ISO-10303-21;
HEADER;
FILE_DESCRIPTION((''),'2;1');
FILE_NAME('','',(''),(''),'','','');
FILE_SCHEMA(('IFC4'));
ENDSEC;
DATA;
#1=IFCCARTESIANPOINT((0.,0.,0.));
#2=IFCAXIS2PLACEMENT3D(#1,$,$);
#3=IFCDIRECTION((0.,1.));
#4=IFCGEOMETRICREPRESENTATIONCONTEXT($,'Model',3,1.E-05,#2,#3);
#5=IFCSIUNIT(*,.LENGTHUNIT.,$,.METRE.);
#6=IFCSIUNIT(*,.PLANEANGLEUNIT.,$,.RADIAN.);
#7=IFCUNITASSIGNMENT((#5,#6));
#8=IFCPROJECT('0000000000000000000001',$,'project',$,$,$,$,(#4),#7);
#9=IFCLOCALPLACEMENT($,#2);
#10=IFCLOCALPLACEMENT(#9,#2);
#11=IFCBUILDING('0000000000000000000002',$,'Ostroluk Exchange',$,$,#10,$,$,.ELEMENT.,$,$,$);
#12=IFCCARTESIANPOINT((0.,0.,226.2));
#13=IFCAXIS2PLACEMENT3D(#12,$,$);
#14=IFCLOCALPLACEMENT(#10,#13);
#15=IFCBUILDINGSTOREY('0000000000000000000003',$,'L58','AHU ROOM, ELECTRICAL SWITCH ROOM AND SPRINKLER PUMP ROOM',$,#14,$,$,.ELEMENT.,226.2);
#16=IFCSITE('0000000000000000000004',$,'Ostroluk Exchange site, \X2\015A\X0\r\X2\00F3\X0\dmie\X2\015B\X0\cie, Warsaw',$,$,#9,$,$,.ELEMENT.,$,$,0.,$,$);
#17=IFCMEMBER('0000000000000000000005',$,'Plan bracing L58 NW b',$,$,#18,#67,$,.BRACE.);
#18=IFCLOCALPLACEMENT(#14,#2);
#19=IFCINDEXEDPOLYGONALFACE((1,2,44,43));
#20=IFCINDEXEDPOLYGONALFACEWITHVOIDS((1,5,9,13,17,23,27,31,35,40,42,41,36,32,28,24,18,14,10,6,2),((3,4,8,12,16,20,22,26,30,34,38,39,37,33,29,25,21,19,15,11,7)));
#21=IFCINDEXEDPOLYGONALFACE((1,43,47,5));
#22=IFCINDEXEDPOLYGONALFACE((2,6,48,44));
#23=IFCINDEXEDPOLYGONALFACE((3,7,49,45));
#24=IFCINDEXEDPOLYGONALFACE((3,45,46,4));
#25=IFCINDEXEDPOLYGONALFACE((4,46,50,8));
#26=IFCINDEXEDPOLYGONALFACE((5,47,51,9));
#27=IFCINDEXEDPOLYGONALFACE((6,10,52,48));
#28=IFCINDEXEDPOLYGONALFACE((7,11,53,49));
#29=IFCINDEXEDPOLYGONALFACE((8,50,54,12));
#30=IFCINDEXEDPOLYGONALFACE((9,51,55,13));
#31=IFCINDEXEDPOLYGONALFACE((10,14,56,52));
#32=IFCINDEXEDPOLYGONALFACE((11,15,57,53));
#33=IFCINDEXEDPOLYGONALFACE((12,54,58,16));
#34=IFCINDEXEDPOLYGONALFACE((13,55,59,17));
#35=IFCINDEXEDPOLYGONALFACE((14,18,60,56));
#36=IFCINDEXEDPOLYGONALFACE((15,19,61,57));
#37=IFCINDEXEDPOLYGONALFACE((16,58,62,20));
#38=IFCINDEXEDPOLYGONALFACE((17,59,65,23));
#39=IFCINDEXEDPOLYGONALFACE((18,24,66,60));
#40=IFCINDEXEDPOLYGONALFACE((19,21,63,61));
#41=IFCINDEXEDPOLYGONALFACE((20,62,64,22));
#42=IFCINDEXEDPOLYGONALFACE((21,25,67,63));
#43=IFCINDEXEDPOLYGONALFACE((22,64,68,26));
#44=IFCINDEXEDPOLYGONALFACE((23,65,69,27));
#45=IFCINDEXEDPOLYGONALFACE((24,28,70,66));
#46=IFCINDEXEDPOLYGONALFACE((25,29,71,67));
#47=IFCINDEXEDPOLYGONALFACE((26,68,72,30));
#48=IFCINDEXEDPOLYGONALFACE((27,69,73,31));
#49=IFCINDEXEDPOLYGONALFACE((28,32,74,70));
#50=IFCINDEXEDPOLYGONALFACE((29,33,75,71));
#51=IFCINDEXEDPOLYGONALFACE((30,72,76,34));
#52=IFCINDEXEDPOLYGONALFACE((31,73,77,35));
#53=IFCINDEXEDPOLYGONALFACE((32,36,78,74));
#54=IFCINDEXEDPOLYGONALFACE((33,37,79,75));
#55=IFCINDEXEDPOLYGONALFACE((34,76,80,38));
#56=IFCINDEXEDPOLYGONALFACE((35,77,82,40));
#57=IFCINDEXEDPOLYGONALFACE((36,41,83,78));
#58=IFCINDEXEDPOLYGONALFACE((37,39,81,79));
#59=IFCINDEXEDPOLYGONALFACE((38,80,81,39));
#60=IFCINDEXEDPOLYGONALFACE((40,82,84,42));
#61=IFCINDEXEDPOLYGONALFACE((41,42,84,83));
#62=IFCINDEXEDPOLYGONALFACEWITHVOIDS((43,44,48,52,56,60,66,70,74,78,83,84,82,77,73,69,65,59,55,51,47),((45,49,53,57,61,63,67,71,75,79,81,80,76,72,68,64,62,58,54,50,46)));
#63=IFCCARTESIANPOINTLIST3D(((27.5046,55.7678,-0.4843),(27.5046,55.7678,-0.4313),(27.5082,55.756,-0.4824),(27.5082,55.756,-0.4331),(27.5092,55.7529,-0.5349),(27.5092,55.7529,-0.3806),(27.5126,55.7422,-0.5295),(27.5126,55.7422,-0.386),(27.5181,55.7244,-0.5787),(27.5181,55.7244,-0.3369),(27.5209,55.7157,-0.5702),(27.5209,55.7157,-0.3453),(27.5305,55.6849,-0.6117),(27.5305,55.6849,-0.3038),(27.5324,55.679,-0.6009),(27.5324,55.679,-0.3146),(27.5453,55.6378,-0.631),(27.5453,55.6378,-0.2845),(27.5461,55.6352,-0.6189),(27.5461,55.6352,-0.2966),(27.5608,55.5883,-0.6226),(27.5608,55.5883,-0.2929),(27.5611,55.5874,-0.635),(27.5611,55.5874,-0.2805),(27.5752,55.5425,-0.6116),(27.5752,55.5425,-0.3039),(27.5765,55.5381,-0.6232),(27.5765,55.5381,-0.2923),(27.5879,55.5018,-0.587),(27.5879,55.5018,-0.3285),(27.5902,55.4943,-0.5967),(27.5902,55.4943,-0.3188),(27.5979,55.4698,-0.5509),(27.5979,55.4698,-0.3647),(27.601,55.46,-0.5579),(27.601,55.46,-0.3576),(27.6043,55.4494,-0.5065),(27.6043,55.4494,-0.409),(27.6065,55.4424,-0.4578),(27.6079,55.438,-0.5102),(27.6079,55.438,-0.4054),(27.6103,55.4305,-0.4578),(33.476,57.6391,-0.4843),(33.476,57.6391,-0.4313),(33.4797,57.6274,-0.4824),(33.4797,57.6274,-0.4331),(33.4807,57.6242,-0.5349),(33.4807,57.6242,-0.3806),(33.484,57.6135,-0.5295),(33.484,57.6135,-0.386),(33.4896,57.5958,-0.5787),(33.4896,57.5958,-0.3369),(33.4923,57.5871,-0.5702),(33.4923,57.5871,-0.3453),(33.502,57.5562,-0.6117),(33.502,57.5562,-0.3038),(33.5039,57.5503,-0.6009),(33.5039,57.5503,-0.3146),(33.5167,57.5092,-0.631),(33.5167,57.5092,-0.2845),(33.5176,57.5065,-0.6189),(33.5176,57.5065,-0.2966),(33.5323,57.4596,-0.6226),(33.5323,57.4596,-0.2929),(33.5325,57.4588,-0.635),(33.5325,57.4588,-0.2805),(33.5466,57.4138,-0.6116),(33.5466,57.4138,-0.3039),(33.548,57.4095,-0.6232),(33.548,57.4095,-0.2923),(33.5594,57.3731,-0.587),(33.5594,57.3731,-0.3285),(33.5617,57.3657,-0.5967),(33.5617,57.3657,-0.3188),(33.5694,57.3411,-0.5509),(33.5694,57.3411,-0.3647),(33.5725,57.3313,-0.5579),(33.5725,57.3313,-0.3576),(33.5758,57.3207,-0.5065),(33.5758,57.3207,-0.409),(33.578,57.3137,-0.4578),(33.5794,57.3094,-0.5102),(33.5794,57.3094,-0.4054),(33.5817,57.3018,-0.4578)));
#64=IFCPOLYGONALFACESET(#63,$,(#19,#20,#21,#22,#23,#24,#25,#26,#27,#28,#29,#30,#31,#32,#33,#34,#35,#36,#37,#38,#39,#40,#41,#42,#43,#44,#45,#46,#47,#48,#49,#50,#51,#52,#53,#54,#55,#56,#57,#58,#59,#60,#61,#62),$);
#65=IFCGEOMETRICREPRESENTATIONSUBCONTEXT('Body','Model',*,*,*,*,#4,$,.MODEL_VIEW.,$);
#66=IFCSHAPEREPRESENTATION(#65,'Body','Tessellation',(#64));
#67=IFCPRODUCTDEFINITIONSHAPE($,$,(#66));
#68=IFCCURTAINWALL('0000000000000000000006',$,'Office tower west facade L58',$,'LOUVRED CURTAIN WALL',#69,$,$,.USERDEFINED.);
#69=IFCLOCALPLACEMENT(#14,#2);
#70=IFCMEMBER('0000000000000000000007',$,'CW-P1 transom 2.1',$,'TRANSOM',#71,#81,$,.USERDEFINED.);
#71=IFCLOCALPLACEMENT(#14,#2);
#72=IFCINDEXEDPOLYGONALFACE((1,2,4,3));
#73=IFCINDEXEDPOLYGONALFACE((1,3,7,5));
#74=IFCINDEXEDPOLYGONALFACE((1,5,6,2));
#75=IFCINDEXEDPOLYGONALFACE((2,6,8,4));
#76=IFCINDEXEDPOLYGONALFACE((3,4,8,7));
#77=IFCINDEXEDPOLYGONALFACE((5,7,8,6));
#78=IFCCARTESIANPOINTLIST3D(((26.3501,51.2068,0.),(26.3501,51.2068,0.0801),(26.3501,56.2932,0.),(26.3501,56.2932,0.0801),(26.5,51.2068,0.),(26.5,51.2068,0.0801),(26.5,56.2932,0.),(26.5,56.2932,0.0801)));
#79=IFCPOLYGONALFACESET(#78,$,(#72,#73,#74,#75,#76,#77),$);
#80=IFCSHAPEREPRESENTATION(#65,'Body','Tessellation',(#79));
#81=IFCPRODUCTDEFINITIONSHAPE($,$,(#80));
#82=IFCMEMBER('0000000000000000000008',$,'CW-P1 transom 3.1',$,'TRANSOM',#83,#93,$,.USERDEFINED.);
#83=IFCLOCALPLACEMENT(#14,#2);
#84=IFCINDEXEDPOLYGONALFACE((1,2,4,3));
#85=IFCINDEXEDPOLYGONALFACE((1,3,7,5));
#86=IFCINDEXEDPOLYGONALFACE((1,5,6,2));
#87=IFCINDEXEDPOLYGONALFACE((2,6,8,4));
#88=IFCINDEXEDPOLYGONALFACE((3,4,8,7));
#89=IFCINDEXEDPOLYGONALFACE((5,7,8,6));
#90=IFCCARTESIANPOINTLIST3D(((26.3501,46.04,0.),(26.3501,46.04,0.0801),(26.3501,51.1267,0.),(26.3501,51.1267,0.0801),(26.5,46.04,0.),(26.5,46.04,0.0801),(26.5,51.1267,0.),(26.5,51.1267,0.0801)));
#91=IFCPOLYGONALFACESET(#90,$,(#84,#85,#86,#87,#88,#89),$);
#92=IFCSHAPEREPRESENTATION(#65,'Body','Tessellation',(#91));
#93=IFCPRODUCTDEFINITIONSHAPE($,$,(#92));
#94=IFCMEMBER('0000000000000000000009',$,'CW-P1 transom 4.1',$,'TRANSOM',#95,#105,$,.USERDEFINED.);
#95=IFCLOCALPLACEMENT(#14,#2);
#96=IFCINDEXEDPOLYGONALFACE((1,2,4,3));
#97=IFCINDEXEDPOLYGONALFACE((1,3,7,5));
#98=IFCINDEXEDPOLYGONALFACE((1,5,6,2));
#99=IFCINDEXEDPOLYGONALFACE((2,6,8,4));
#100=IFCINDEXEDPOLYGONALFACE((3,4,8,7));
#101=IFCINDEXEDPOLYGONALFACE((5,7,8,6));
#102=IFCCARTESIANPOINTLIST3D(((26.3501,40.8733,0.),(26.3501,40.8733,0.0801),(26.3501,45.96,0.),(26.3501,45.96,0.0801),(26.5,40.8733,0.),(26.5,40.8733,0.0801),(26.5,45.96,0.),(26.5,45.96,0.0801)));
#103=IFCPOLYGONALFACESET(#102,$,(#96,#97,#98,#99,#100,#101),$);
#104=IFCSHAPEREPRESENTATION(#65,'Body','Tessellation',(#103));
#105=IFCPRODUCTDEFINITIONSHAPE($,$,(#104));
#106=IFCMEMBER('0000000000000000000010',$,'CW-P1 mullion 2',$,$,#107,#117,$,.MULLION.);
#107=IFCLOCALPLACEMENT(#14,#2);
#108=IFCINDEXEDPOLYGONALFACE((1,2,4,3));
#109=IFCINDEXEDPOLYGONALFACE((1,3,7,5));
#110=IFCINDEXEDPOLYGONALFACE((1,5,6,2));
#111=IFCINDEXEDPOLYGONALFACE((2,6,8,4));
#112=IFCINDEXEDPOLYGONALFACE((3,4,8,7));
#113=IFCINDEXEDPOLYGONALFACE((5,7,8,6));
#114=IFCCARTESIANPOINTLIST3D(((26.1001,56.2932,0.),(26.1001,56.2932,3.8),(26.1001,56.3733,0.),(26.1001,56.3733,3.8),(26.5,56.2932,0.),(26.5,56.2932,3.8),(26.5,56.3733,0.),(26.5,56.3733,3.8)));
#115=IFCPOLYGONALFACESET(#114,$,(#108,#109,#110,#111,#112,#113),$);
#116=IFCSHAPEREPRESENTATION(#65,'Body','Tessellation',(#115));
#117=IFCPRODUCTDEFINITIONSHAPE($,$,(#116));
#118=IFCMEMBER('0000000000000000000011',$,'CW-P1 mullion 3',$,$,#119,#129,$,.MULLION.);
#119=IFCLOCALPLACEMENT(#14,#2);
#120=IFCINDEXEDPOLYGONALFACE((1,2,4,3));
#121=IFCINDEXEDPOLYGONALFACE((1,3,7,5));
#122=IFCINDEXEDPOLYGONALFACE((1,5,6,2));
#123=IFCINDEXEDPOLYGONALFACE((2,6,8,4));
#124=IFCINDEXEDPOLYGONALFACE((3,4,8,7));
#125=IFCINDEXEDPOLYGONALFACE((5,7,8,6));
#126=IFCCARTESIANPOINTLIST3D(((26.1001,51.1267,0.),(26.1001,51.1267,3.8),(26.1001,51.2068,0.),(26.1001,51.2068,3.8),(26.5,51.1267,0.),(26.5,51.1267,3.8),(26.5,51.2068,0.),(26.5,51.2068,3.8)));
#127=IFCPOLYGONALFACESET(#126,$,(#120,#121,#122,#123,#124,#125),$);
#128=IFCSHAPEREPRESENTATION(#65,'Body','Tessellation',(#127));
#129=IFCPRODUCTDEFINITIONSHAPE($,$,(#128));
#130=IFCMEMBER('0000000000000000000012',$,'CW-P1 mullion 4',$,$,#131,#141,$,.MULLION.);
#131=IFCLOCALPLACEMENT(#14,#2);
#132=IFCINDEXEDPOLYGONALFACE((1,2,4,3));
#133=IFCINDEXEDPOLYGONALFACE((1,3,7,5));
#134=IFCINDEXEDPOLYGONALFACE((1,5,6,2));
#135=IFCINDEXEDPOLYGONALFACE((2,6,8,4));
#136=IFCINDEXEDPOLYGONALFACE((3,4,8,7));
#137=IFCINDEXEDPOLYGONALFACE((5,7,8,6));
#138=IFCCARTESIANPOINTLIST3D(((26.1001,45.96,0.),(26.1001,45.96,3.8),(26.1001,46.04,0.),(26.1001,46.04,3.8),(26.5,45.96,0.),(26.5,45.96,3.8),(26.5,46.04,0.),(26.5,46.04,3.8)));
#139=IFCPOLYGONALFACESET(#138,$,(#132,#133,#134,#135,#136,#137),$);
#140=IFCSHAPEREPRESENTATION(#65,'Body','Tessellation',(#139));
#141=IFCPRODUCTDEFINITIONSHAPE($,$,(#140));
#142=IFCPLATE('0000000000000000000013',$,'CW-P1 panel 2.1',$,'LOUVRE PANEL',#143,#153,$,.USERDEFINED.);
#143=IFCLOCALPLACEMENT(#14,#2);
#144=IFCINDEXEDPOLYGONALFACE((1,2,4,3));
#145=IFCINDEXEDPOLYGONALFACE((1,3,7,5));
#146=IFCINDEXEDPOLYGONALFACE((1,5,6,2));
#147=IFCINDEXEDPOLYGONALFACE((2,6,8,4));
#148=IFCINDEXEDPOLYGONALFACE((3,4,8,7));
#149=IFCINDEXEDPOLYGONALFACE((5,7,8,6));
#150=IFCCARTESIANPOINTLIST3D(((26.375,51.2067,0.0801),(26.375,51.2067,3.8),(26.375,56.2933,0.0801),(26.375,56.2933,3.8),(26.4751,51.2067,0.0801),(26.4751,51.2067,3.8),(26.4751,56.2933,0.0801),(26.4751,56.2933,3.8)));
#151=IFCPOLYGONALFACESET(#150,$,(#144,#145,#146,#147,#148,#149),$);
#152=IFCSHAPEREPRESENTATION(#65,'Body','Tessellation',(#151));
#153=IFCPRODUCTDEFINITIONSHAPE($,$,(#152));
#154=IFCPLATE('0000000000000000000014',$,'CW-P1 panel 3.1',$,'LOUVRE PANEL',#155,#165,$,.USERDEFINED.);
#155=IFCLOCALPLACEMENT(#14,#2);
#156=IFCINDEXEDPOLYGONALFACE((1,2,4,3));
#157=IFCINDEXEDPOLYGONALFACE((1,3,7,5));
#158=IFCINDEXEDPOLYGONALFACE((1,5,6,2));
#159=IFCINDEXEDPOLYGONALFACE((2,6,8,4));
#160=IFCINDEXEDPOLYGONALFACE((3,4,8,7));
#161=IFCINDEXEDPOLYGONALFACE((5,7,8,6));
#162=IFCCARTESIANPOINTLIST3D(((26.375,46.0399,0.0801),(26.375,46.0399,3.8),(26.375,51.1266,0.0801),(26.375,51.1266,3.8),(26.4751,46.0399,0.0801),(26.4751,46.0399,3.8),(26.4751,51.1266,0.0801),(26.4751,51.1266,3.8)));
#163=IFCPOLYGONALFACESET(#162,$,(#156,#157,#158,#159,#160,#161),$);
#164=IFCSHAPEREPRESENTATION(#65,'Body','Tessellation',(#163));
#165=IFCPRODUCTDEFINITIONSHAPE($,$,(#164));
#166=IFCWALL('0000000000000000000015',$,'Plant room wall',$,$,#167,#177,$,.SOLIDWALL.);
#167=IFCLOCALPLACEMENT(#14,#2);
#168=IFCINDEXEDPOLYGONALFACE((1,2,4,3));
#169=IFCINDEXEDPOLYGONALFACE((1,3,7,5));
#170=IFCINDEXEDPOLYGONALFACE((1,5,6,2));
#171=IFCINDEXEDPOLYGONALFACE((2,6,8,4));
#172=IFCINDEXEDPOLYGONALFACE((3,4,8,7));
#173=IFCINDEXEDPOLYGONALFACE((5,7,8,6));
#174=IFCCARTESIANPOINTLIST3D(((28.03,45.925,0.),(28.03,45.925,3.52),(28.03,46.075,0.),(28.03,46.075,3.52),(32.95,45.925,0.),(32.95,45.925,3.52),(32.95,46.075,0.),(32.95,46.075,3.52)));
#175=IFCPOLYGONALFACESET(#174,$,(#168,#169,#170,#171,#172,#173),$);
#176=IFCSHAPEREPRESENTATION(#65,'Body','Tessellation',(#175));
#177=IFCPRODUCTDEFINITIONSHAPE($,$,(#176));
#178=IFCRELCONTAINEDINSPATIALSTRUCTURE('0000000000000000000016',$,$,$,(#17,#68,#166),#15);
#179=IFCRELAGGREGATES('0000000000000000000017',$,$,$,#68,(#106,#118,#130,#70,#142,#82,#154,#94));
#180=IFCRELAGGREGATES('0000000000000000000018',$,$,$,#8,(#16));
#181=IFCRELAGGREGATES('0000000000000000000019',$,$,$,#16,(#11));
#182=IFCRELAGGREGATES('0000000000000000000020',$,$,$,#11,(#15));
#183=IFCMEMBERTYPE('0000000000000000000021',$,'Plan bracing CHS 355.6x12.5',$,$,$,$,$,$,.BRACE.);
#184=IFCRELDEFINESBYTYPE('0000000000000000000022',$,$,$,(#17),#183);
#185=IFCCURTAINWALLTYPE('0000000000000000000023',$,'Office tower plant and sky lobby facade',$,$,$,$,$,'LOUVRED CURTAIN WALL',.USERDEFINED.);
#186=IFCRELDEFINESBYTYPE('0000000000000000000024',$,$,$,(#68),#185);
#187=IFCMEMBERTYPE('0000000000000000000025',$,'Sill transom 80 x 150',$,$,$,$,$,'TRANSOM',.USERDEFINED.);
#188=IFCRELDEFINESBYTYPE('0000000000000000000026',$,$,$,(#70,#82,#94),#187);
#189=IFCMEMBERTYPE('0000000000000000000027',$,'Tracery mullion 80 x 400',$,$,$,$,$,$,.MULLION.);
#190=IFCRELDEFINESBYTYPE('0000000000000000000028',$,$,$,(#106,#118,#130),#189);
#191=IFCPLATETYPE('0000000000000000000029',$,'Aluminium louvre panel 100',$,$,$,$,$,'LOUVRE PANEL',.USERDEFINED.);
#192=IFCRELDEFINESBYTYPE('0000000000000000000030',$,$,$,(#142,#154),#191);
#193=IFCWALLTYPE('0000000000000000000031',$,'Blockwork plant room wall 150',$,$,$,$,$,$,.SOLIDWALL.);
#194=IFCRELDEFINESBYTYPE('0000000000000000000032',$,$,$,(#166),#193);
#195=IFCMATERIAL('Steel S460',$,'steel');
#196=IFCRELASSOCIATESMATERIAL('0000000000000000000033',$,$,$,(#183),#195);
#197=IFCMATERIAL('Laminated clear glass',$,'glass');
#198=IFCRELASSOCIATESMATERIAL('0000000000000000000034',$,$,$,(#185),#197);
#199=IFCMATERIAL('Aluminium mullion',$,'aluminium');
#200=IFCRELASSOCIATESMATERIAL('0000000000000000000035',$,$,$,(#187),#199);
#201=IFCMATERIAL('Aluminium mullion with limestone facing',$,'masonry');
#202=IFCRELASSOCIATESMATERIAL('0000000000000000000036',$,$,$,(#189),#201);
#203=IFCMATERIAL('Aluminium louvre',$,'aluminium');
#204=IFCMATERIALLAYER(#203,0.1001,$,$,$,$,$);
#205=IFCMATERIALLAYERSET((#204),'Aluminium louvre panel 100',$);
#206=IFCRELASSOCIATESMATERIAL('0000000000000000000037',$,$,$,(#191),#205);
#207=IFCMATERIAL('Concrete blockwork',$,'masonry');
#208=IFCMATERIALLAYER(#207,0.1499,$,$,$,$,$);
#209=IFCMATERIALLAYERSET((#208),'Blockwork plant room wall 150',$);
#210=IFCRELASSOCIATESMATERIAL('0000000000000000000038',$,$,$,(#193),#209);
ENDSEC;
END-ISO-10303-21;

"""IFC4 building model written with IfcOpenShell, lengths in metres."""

from ifc_helpers import new_model, si_unit, direction, frame, frame_2d, origin, origin_2d, place, context, subcontext, project, spatial, rectangle, hollow_circle, extrude, material, layer, layer_set, material_profile, profile_set, type_object, element, aggregate, save


model = new_model("IFC4")

# Units and contexts
model_context = context("Model", 3, precision=1e-05, world=origin(), true_north=direction((0.0, 1.0)))
body_context = subcontext(model_context, "Body", "Model", "MODEL_VIEW")
ifc_project = project(units=[si_unit("LENGTHUNIT", "METRE"), si_unit("PLANEANGLEUNIT", "RADIAN")], contexts=[model_context])

# Site, building, storey
site_placement = place(None, origin())
site = spatial("IfcSite", under=ifc_project, at=site_placement, Name="Ostroluk Exchange site, Śródmieście, Warsaw", CompositionType="ELEMENT", RefElevation=0.0)
building_placement = place(site_placement, origin())
building = spatial("IfcBuilding", under=site, at=building_placement, Name="Ostroluk Exchange", CompositionType="ELEMENT")
storey_placement = place(building_placement, frame((0.0, 0.0, 226.2)))
storey = spatial("IfcBuildingStorey", under=building, at=storey_placement, Name="L58", Description="AHU ROOM, ELECTRICAL SWITCH ROOM AND SPRINKLER PUMP ROOM", CompositionType="ELEMENT", Elevation=226.2)

# Member
ifc_material_1 = material(Name="Steel S460", Category="steel")
ifc_material_profile_1 = material_profile(ifc_material_1, hollow_circle(Radius=0.1777, WallThickness=0.0125, at=origin_2d()), Name="CHS 355.6x12.5")
ifc_profile_set_1 = profile_set([ifc_material_profile_1], Name="Steel S460")
member_type_1 = type_object("IfcMemberType", Name="Plan bracing CHS 355.6x12.5", PredefinedType="BRACE", material=ifc_profile_set_1)
for number, where, z_axis, x_axis, name in (
    (1, (33.5286, 57.4714, -0.4578), (-0.95424, -0.299041, 0.0), (0.299041, -0.95424, 0.0), "Plan bracing L58 NW b"),
):
    element("IfcMember", number, at=place(storey_placement, frame(where, z_axis=z_axis, x_axis=x_axis)), inside=storey, type_object=member_type_1, Name=name, PredefinedType="BRACE", context=body_context, shape_type="SweptSolid", body=[
        extrude(hollow_circle(Radius=0.1777, WallThickness=0.0125, at=origin_2d()), origin(), (0.0, 0.0, 1.0), 6.2578),
    ])

# Curtain wall, members, plates
ifc_material_2 = material(Name="Laminated clear glass", Category="glass")
curtain_wall_type = type_object("IfcCurtainWallType", Name="Office tower plant and sky lobby facade", ElementType="LOUVRED CURTAIN WALL", PredefinedType="USERDEFINED", material=ifc_material_2)
curtain_wall_placement = place(storey_placement, origin())
curtain_wall = element("IfcCurtainWall", 2, at=curtain_wall_placement, inside=storey, type_object=curtain_wall_type, Name="Office tower west facade L58", ObjectType="LOUVRED CURTAIN WALL", PredefinedType="USERDEFINED")
ifc_material_3 = material(Name="Aluminium mullion", Category="aluminium")
ifc_material_profile_2 = material_profile(ifc_material_3, rectangle(XDim=0.1499, YDim=0.0801, at=origin_2d()), Name="Sill transom 80 x 150")
ifc_profile_set_2 = profile_set([ifc_material_profile_2], Name="Aluminium mullion")
member_type_2 = type_object("IfcMemberType", Name="Sill transom 80 x 150", ElementType="TRANSOM", PredefinedType="USERDEFINED", material=ifc_profile_set_2)
member_1_placement = place(storey_placement, frame((26.425, 56.2932, 0.04), z_axis=(0.0, -1.0, 0.0), x_axis=(1.0, 0.0, 0.0)))
member_1 = element("IfcMember", 3, at=member_1_placement, type_object=member_type_2, Name="CW-P1 transom 2.1", ObjectType="TRANSOM", PredefinedType="USERDEFINED", context=body_context, shape_type="SweptSolid", body=[
    extrude(rectangle(XDim=0.1499, YDim=0.0801, at=origin_2d()), origin(), (0.0, 0.0, 1.0), 5.0864),
])
member_2_placement = place(storey_placement, frame((26.425, 51.1267, 0.04), z_axis=(0.0, -1.0, 0.0), x_axis=(1.0, 0.0, 0.0)))
member_2 = element("IfcMember", 4, at=member_2_placement, type_object=member_type_2, Name="CW-P1 transom 3.1", ObjectType="TRANSOM", PredefinedType="USERDEFINED", context=body_context, shape_type="SweptSolid", body=[
    extrude(rectangle(XDim=0.1499, YDim=0.0801, at=origin_2d()), origin(), (0.0, 0.0, 1.0), 5.0867),
])
member_3_placement = place(storey_placement, frame((26.425, 45.96, 0.04), z_axis=(0.0, -1.0, 0.0), x_axis=(1.0, 0.0, 0.0)))
member_3 = element("IfcMember", 5, at=member_3_placement, type_object=member_type_2, Name="CW-P1 transom 4.1", ObjectType="TRANSOM", PredefinedType="USERDEFINED", context=body_context, shape_type="SweptSolid", body=[
    extrude(rectangle(XDim=0.1499, YDim=0.0801, at=origin_2d()), origin(), (0.0, 0.0, 1.0), 5.0867),
])
ifc_material_4 = material(Name="Aluminium mullion with limestone facing", Category="masonry")
ifc_material_profile_3 = material_profile(ifc_material_4, rectangle(XDim=0.3999, YDim=0.0801, at=origin_2d()), Name="Tracery mullion 80 x 400")
ifc_profile_set_3 = profile_set([ifc_material_profile_3], Name="Aluminium mullion with limestone facing")
member_type_3 = type_object("IfcMemberType", Name="Tracery mullion 80 x 400", PredefinedType="MULLION", material=ifc_profile_set_3)
member_4_placement = place(storey_placement, frame((26.3, 56.3333, 0.0), z_axis=(0.0, 0.0, 1.0), x_axis=(1.0, 0.0, 0.0)))
member_4 = element("IfcMember", 6, at=member_4_placement, type_object=member_type_3, Name="CW-P1 mullion 2", PredefinedType="MULLION", context=body_context, shape_type="SweptSolid", body=[
    extrude(rectangle(XDim=0.3999, YDim=0.0801, at=origin_2d()), origin(), (0.0, 0.0, 1.0), 3.8),
])
member_5_placement = place(storey_placement, frame((26.3, 51.1667, 0.0), z_axis=(0.0, 0.0, 1.0), x_axis=(1.0, 0.0, 0.0)))
member_5 = element("IfcMember", 7, at=member_5_placement, type_object=member_type_3, Name="CW-P1 mullion 3", PredefinedType="MULLION", context=body_context, shape_type="SweptSolid", body=[
    extrude(rectangle(XDim=0.3999, YDim=0.0801, at=origin_2d()), origin(), (0.0, 0.0, 1.0), 3.8),
])
member_6_placement = place(storey_placement, frame((26.3, 46.0, 0.0), z_axis=(0.0, 0.0, 1.0), x_axis=(1.0, 0.0, 0.0)))
member_6 = element("IfcMember", 8, at=member_6_placement, type_object=member_type_3, Name="CW-P1 mullion 4", PredefinedType="MULLION", context=body_context, shape_type="SweptSolid", body=[
    extrude(rectangle(XDim=0.3999, YDim=0.0801, at=origin_2d()), origin(), (0.0, 0.0, 1.0), 3.8),
])
ifc_material_5 = material(Name="Aluminium louvre", Category="aluminium")
ifc_layer_1 = layer(ifc_material_5, 0.1001)
ifc_layer_set_1 = layer_set([ifc_layer_1], Name="Aluminium louvre panel 100")
plate_type = type_object("IfcPlateType", Name="Aluminium louvre panel 100", ElementType="LOUVRE PANEL", PredefinedType="USERDEFINED", material=ifc_layer_set_1)
plate_1_placement = place(storey_placement, frame((26.425, 53.75, 0.0801), z_axis=(0.0, 0.0, 1.0), x_axis=(0.0, -1.0, 0.0)))
plate_1 = element("IfcPlate", 9, at=plate_1_placement, type_object=plate_type, Name="CW-P1 panel 2.1", ObjectType="LOUVRE PANEL", PredefinedType="USERDEFINED", context=body_context, shape_type="SweptSolid", body=[
    extrude(rectangle(XDim=5.0867, YDim=0.1001, at=origin_2d()), origin(), (0.0, 0.0, 1.0), 3.72),
])
plate_2_placement = place(storey_placement, frame((26.425, 48.5833, 0.0801), z_axis=(0.0, 0.0, 1.0), x_axis=(0.0, -1.0, 0.0)))
plate_2 = element("IfcPlate", 10, at=plate_2_placement, type_object=plate_type, Name="CW-P1 panel 3.1", ObjectType="LOUVRE PANEL", PredefinedType="USERDEFINED", context=body_context, shape_type="SweptSolid", body=[
    extrude(rectangle(XDim=5.0867, YDim=0.1001, at=origin_2d()), origin(), (0.0, 0.0, 1.0), 3.72),
])
aggregate(curtain_wall, [member_4, member_5, member_6, member_1, plate_1, member_2, plate_2, member_3])

# Wall
ifc_material_6 = material(Name="Concrete blockwork", Category="masonry")
ifc_layer_2 = layer(ifc_material_6, 0.1499)
ifc_layer_set_2 = layer_set([ifc_layer_2], Name="Blockwork plant room wall 150")
wall_type = type_object("IfcWallType", Name="Blockwork plant room wall 150", PredefinedType="SOLIDWALL", material=ifc_layer_set_2)
wall_1_placement = place(storey_placement, frame((32.95, 46.0, 0.0), z_axis=(0.0, 0.0, 1.0), x_axis=(-1.0, 0.0, 0.0)))
element("IfcWall", 11, at=wall_1_placement, inside=storey, type_object=wall_type, Name="Plant room wall", PredefinedType="SOLIDWALL", context=body_context, shape_type="SweptSolid", body=[
    extrude(rectangle(XDim=4.9199, YDim=0.1499, at=frame_2d((2.46, 0.0))), origin(), (0.0, 0.0, 1.0), 3.52),
])

save(model, "model.ifc")
